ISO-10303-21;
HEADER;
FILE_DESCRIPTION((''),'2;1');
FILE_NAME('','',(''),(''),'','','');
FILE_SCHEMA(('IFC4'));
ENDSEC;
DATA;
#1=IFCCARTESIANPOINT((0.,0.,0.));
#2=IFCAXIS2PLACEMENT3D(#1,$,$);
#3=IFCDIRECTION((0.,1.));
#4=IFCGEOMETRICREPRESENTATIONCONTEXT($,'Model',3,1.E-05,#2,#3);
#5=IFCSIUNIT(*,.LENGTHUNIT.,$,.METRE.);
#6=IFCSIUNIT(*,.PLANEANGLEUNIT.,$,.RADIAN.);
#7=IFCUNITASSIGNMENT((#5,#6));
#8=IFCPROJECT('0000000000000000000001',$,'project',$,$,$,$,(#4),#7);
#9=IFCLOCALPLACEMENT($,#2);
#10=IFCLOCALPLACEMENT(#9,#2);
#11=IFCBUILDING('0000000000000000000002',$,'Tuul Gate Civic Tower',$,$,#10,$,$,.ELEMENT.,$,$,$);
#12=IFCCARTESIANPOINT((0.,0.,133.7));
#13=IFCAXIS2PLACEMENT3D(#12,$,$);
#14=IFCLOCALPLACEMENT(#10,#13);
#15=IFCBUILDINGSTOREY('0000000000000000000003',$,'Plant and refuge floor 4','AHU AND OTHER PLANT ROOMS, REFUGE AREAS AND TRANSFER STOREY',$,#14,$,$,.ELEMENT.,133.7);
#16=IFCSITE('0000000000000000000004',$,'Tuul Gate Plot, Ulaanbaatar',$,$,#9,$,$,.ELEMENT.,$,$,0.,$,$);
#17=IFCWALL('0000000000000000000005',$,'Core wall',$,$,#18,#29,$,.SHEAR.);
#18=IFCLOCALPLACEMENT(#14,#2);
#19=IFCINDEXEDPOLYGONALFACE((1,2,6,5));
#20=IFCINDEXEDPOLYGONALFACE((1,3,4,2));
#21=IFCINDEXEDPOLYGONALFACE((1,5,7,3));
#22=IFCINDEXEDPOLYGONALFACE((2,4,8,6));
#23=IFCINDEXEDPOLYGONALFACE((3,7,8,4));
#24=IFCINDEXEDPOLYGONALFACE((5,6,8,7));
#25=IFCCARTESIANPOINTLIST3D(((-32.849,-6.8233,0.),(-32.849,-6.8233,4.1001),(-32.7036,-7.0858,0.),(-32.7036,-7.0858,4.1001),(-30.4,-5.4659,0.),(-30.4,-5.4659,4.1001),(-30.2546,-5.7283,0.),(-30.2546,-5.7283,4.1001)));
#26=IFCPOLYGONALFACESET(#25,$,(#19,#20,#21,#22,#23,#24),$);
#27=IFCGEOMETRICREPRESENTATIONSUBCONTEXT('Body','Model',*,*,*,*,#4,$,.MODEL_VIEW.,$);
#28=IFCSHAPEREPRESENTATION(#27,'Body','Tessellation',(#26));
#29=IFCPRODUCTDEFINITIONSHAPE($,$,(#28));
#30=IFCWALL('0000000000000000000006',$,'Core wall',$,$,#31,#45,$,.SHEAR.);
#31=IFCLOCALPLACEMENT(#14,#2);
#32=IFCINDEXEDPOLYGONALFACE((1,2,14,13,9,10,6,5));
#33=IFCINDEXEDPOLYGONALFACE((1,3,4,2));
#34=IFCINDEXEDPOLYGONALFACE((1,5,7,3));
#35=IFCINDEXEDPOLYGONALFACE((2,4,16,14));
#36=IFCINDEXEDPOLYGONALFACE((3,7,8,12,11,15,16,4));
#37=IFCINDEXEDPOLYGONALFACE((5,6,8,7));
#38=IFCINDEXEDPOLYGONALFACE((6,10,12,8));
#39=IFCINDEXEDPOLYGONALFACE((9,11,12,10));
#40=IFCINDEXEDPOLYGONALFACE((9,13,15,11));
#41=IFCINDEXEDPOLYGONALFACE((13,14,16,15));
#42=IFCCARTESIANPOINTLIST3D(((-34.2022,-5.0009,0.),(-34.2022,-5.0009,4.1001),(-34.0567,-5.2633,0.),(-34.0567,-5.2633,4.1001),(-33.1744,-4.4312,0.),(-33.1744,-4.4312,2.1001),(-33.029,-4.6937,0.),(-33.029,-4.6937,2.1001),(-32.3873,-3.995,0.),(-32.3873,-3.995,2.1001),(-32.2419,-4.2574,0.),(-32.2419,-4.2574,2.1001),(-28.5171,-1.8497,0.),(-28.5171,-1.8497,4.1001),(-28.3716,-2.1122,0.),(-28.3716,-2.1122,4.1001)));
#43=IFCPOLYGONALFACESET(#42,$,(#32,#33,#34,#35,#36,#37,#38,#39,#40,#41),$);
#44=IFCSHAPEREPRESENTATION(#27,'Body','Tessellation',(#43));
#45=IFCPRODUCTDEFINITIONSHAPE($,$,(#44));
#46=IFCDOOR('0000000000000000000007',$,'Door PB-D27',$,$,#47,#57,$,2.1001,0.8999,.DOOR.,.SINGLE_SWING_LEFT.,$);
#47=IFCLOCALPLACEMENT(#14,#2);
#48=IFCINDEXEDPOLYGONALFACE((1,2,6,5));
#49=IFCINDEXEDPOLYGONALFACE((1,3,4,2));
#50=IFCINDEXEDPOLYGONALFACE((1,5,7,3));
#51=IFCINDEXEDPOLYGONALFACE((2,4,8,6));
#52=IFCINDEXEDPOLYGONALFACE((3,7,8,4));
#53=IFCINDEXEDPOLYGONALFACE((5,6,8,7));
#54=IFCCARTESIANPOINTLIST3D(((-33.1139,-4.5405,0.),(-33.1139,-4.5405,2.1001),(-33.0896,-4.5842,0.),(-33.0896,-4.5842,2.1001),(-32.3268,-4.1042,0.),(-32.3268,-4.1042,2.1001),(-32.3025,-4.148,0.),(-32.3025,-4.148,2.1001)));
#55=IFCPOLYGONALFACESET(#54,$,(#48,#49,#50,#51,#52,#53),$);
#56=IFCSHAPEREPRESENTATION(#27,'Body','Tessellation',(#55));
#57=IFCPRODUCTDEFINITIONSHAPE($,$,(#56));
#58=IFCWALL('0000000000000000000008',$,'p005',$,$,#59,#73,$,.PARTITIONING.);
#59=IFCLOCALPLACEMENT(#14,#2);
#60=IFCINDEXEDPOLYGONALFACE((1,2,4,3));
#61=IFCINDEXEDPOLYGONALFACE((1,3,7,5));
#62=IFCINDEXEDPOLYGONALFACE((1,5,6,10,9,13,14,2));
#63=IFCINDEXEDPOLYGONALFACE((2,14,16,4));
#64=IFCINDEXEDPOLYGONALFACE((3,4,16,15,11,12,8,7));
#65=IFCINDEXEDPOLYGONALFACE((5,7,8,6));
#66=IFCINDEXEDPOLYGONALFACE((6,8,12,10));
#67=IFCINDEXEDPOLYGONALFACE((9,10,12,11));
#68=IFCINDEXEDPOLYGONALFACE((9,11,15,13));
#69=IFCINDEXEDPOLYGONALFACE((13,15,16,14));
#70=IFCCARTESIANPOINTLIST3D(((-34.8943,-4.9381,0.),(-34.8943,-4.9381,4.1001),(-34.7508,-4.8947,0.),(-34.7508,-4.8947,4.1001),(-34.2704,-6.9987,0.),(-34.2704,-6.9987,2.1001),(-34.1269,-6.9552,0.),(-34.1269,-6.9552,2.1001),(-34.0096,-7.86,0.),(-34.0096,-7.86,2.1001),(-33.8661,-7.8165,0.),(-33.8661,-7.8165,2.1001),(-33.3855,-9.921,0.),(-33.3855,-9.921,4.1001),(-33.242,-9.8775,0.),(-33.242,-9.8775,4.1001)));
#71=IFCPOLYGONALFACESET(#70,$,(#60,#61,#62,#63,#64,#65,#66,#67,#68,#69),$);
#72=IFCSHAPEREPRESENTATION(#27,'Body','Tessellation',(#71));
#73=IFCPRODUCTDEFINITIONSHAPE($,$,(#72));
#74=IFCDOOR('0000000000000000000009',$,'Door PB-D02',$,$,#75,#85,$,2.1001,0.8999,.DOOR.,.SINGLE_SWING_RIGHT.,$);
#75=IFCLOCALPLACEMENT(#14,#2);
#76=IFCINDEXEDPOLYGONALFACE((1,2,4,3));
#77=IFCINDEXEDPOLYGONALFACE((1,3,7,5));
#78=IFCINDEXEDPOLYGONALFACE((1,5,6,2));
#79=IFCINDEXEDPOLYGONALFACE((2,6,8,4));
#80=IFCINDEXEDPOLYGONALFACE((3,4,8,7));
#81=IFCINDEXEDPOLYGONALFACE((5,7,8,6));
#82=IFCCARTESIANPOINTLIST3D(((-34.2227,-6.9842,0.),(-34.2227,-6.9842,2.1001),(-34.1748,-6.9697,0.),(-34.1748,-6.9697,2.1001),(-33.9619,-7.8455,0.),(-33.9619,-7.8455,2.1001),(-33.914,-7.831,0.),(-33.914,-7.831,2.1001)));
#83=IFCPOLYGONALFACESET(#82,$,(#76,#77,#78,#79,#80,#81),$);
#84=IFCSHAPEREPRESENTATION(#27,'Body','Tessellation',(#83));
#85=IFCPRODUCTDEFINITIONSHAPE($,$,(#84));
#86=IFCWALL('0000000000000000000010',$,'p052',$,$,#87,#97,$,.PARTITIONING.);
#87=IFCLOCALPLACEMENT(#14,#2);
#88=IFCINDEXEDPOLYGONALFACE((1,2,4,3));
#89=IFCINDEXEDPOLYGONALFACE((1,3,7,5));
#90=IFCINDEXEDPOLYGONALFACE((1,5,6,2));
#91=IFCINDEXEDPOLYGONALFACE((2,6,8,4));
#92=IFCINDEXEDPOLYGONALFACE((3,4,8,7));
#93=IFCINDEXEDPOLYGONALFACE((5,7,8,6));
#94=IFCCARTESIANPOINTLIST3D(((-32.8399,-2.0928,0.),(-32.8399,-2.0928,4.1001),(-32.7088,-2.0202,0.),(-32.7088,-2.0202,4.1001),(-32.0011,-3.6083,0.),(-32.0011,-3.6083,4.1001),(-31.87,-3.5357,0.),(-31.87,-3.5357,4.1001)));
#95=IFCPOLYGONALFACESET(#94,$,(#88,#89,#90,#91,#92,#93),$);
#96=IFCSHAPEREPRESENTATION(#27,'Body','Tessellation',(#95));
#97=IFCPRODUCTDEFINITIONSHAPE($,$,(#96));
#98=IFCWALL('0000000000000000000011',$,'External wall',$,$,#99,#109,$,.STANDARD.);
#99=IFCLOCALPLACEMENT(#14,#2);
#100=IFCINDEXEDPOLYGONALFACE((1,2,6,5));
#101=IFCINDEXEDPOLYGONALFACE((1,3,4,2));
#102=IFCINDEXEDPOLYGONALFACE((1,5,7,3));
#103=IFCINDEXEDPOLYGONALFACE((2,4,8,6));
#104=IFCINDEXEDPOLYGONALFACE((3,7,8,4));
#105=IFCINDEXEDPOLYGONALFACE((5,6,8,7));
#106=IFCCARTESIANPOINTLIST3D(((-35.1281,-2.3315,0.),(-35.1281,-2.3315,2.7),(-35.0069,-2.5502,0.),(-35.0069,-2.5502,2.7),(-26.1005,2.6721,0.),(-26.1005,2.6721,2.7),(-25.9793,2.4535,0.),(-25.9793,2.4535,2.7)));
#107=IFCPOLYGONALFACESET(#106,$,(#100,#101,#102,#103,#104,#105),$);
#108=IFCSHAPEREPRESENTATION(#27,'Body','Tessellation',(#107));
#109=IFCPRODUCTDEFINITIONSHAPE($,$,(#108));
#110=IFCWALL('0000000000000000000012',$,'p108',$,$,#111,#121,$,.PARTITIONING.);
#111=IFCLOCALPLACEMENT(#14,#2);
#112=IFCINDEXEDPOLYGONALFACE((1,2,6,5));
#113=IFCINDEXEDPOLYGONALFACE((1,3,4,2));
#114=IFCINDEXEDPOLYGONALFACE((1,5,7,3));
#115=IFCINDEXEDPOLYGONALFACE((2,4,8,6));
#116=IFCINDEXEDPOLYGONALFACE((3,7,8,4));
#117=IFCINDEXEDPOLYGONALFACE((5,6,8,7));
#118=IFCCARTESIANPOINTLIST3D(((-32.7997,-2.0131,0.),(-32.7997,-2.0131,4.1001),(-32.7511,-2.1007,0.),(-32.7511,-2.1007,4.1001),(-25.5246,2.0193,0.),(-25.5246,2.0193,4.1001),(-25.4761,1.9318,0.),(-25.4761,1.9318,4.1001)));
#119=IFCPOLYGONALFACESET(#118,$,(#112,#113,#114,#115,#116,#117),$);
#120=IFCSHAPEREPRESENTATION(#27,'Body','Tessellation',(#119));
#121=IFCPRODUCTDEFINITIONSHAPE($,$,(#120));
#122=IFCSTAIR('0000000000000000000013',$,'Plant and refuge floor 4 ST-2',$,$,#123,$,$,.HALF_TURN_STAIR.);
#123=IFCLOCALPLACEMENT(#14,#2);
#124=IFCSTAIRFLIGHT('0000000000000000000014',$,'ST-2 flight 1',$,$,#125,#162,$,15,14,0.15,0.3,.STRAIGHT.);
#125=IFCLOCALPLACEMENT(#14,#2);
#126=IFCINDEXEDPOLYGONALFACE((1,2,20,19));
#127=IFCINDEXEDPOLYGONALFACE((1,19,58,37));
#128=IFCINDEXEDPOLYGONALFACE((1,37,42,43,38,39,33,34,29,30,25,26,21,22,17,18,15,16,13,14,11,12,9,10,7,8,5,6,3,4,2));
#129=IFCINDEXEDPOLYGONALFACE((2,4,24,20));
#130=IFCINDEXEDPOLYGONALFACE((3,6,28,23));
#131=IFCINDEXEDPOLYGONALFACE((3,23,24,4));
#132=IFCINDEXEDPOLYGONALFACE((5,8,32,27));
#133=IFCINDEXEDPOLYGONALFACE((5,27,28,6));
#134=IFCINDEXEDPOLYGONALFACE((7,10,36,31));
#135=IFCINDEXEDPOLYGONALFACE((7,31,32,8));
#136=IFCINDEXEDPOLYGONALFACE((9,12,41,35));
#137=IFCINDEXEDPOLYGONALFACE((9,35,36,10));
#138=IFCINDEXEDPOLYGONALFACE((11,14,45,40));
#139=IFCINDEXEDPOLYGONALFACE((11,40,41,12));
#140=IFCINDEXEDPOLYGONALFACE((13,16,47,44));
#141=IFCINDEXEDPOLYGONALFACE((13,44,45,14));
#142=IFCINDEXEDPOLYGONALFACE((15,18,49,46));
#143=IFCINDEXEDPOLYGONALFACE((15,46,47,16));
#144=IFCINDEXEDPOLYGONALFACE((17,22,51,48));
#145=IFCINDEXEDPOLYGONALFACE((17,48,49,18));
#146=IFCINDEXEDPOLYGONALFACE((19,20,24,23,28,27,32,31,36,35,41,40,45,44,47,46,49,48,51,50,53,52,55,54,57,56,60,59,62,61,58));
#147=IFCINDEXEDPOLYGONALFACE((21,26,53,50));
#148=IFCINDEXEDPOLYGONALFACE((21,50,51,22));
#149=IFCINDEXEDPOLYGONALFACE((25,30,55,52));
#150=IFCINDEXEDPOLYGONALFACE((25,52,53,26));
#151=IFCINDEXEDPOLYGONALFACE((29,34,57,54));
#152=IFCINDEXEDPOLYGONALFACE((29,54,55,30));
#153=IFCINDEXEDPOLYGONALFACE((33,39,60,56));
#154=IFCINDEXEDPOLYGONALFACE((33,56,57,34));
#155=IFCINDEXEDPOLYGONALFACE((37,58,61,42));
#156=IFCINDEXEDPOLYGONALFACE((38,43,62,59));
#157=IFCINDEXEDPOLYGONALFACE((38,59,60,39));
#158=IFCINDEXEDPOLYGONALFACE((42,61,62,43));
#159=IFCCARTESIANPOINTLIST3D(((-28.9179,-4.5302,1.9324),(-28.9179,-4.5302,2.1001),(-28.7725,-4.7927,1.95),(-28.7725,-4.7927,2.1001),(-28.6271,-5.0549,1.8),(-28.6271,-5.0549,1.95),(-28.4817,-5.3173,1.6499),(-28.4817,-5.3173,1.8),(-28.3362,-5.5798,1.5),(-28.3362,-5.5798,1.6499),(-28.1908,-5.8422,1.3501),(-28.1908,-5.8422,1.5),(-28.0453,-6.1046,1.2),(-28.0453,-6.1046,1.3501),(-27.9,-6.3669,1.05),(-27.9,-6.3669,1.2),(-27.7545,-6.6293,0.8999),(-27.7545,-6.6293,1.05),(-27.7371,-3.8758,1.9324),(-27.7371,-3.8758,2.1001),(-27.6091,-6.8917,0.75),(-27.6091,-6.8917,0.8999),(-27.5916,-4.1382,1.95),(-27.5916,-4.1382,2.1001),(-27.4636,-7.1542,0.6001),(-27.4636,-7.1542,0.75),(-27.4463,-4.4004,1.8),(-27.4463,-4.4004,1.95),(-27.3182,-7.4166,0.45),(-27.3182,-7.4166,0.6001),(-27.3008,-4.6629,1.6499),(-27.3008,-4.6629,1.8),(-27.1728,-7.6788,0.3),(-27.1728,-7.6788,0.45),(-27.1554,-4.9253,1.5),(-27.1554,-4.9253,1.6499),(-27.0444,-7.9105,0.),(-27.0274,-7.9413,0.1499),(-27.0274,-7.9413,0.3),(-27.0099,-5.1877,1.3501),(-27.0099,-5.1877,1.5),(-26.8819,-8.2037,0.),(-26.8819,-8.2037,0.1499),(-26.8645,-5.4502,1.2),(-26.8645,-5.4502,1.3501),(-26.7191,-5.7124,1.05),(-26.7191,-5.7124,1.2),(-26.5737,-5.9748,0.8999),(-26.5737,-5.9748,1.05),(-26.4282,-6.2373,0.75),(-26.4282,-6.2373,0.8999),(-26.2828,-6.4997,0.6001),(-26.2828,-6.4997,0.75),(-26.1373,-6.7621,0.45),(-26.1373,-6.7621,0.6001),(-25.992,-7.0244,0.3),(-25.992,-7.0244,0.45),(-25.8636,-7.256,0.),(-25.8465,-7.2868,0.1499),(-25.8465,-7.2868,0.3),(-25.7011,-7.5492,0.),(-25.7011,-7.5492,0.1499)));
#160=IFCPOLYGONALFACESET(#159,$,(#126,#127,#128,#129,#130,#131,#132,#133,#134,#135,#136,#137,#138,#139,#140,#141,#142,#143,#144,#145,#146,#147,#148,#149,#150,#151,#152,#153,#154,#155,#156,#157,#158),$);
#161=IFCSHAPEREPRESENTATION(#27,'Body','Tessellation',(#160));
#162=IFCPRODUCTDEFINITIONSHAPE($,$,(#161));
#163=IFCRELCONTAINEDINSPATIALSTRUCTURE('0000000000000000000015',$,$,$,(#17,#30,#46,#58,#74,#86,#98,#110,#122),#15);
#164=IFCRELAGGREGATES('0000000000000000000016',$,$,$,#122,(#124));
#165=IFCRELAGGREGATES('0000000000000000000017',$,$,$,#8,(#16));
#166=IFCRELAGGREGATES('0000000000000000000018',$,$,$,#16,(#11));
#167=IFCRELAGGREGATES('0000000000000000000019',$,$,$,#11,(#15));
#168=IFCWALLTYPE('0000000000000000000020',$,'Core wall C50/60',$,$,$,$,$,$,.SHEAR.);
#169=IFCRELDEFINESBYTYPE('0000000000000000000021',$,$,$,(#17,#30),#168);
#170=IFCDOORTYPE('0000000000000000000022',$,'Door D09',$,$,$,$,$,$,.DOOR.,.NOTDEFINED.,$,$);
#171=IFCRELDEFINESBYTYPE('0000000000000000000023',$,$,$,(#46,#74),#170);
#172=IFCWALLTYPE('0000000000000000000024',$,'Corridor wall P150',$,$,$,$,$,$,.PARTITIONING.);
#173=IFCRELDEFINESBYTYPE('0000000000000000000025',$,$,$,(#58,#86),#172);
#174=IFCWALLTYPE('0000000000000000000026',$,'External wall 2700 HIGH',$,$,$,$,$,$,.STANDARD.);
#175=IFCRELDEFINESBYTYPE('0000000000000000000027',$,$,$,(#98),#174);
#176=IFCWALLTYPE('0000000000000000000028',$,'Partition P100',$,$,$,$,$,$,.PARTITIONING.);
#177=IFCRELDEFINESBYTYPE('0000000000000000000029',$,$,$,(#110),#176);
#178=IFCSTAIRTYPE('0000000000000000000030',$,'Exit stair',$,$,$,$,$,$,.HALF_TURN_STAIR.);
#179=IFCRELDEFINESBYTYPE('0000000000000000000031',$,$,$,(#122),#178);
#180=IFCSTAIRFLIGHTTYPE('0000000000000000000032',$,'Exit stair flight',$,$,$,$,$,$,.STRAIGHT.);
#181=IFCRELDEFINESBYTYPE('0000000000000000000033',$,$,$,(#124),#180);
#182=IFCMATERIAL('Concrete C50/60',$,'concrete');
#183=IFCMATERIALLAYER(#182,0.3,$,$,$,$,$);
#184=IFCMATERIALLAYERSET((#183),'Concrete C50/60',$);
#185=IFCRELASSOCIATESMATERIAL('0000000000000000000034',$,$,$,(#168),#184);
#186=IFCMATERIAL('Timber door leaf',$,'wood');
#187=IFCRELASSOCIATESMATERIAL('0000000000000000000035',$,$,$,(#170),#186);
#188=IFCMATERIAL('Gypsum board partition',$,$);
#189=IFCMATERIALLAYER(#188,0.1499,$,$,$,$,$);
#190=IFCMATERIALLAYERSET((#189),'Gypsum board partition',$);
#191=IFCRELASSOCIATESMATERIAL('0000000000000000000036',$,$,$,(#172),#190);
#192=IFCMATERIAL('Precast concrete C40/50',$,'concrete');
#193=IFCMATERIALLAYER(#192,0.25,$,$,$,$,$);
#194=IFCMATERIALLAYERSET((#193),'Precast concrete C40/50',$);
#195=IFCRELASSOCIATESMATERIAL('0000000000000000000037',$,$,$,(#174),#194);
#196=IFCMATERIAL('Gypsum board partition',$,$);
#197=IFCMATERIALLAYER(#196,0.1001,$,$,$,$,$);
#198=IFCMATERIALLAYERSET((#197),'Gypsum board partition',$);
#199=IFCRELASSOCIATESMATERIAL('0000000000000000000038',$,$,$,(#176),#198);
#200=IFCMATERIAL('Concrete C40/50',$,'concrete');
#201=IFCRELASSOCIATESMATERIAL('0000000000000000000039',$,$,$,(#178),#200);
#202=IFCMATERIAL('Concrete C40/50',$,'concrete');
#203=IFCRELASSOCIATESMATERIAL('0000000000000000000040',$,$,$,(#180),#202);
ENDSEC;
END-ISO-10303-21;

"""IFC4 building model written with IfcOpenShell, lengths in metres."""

from ifc_helpers import new_model, si_unit, direction, frame, frame_2d, origin, place, context, subcontext, project, spatial, polyline, rectangle, outline, extrude, material, layer, layer_set, type_object, element, fill, aggregate, save


model = new_model("IFC4")

# Units and contexts
model_context = context("Model", 3, precision=1e-05, world=origin(), true_north=direction((0.0, 1.0)))
body_context = subcontext(model_context, "Body", "Model", "MODEL_VIEW")
ifc_project = project(units=[si_unit("LENGTHUNIT", "METRE"), si_unit("PLANEANGLEUNIT", "RADIAN")], contexts=[model_context])

# Site, building, storey
site_placement = place(None, origin())
site = spatial("IfcSite", under=ifc_project, at=site_placement, Name="Tuul Gate Plot, Ulaanbaatar", CompositionType="ELEMENT", RefElevation=0.0)
building_placement = place(site_placement, origin())
building = spatial("IfcBuilding", under=site, at=building_placement, Name="Tuul Gate Civic Tower", CompositionType="ELEMENT")
storey_placement = place(building_placement, frame((0.0, 0.0, 133.7)))
storey = spatial("IfcBuildingStorey", under=building, at=storey_placement, Name="Plant and refuge floor 4", Description="AHU AND OTHER PLANT ROOMS, REFUGE AREAS AND TRANSFER STOREY", CompositionType="ELEMENT", Elevation=133.7)

# Shared definitions
ifc_material_1 = material(Name="Concrete C50/60", Category="concrete")
ifc_layer_1 = layer(ifc_material_1, 0.3)
ifc_layer_set_1 = layer_set([ifc_layer_1], Name="Concrete C50/60")
wall_type_1 = type_object("IfcWallType", Name="Core wall C50/60", PredefinedType="SHEAR", material=ifc_layer_set_1)

# Wall
wall_1_placement = place(storey_placement, frame((-30.3274, -5.5972, 0.0), z_axis=(0.0, 0.0, 1.0), x_axis=(-0.87463, -0.484791, 0.0)))
element("IfcWall", 1, at=wall_1_placement, inside=storey, type_object=wall_type_1, Name="Core wall", PredefinedType="SHEAR", context=body_context, shape_type="SweptSolid", body=[
    extrude(rectangle(XDim=2.8, YDim=0.3, at=frame_2d((1.3999, 0.0))), origin(), (0.0, 0.0, 1.0), 4.1001),
])

# Walls, openings, doors
wall_2_placement = place(storey_placement, frame((-28.4443, -1.981, 0.0), z_axis=(0.0, 0.0, 1.0), x_axis=(-0.87463, -0.484791, 0.0)))
wall_2 = element("IfcWall", 2, at=wall_2_placement, inside=storey, type_object=wall_type_1, Name="Core wall", PredefinedType="SHEAR", context=body_context, shape_type="SweptSolid", body=[
    extrude(rectangle(XDim=6.5, YDim=0.3, at=frame_2d((3.25, 0.0))), origin(), (0.0, 0.0, 1.0), 4.1001),
])
opening_1_placement = place(wall_2_placement, frame((4.425, 0.0, 0.0)))
opening_1 = element("IfcOpeningElement", 3, at=opening_1_placement, cuts=wall_2, PredefinedType="OPENING", context=body_context, shape_type="SweptSolid", body=[
    extrude(rectangle(XDim=0.8999, YDim=2.1001, at=frame_2d((0.45, 1.05))), frame((0.0, 0.1602, 0.0), z_axis=(0.0, -1.0, 0.0), x_axis=(1.0, 0.0, 0.0)), (0.0, 0.0, 1.0), 0.3201),
])
ifc_material_2 = material(Name="Timber door leaf", Category="wood")
door_type_1 = type_object("IfcDoorType", Name="Door D09", OperationType="NOTDEFINED", PredefinedType="DOOR", material=ifc_material_2)
door_1_placement = place(opening_1_placement, origin())
door_1 = element("IfcDoor", 4, at=door_1_placement, inside=storey, type_object=door_type_1, Name="Door PB-D27", OperationType="SINGLE_SWING_LEFT", OverallHeight=2.1001, OverallWidth=0.8999, PredefinedType="DOOR", context=body_context, shape_type="SweptSolid", body=[
    extrude(rectangle(XDim=0.8999, YDim=2.1001, at=frame_2d((0.45, 1.05))), frame((0.0, 0.0249, 0.0), z_axis=(0.0, -1.0, 0.0), x_axis=(1.0, 0.0, 0.0)), (0.0, 0.0, 1.0), 0.05),
])
fill(opening_1, door_1)
ifc_material_3 = material(Name="Gypsum board partition")
ifc_layer_2 = layer(ifc_material_3, 0.1499)
ifc_layer_set_2 = layer_set([ifc_layer_2], Name="Gypsum board partition")
wall_type_2 = type_object("IfcWallType", Name="Corridor wall P150", PredefinedType="PARTITIONING", material=ifc_layer_set_2)
wall_3_placement = place(storey_placement, frame((-34.8225, -4.9165, 0.0), z_axis=(0.0, 0.0, 1.0), x_axis=(0.289799, -0.957087, 0.0)))
wall_3 = element("IfcWall", 5, at=wall_3_placement, inside=storey, type_object=wall_type_2, Name="p005", PredefinedType="PARTITIONING", context=body_context, shape_type="SweptSolid", body=[
    extrude(rectangle(XDim=5.2063, YDim=0.1499, at=frame_2d((2.603, 0.0))), origin(), (0.0, 0.0, 1.0), 4.1001),
])
opening_2_placement = place(wall_3_placement, frame((2.1528, 0.0, 0.0)))
opening_2 = element("IfcOpeningElement", 6, at=opening_2_placement, cuts=wall_3, PredefinedType="OPENING", context=body_context, shape_type="SweptSolid", body=[
    extrude(rectangle(XDim=0.8999, YDim=2.1001, at=frame_2d((0.45, 1.05))), frame((0.0, 0.085, 0.0), z_axis=(0.0, -1.0, 0.0), x_axis=(1.0, 0.0, 0.0)), (0.0, 0.0, 1.0), 0.1699),
])
door_2_placement = place(opening_2_placement, origin())
door_2 = element("IfcDoor", 7, at=door_2_placement, inside=storey, type_object=door_type_1, Name="Door PB-D02", OperationType="SINGLE_SWING_RIGHT", OverallHeight=2.1001, OverallWidth=0.8999, PredefinedType="DOOR", context=body_context, shape_type="SweptSolid", body=[
    extrude(rectangle(XDim=0.8999, YDim=2.1001, at=frame_2d((0.45, 1.05))), frame((0.0, 0.0249, 0.0), z_axis=(0.0, -1.0, 0.0), x_axis=(1.0, 0.0, 0.0)), (0.0, 0.0, 1.0), 0.05),
])
fill(opening_2, door_2)

# Walls
wall_4_placement = place(storey_placement, frame((-32.7744, -2.0564, 0.0), z_axis=(0.0, 0.0, 1.0), x_axis=(0.484254, -0.874927, 0.0)))
element("IfcWall", 8, at=wall_4_placement, inside=storey, type_object=wall_type_2, Name="p052", PredefinedType="PARTITIONING", context=body_context, shape_type="SweptSolid", body=[
    extrude(rectangle(XDim=1.7322, YDim=0.1499, at=frame_2d((0.8662, 0.0))), origin(), (0.0, 0.0, 1.0), 4.1001),
])
ifc_material_4 = material(Name="Precast concrete C40/50", Category="concrete")
ifc_layer_3 = layer(ifc_material_4, 0.25)
ifc_layer_set_3 = layer_set([ifc_layer_3], Name="Precast concrete C40/50")
wall_type_3 = type_object("IfcWallType", Name="External wall 2700 HIGH", PredefinedType="STANDARD", material=ifc_layer_set_3)
wall_5_placement = place(storey_placement, frame((-26.04, 2.5627, 0.0), z_axis=(0.0, 0.0, 1.0), x_axis=(-0.874637, -0.484779, 0.0)))
element("IfcWall", 9, at=wall_5_placement, inside=storey, type_object=wall_type_3, Name="External wall", PredefinedType="STANDARD", context=body_context, shape_type="SweptSolid", body=[
    extrude(rectangle(XDim=10.3215, YDim=0.25, at=frame_2d((5.1606, 0.0))), origin(), (0.0, 0.0, 1.0), 2.7),
])
ifc_material_5 = material(Name="Gypsum board partition")
ifc_layer_4 = layer(ifc_material_5, 0.1001)
ifc_layer_set_4 = layer_set([ifc_layer_4], Name="Gypsum board partition")
wall_type_4 = type_object("IfcWallType", Name="Partition P100", PredefinedType="PARTITIONING", material=ifc_layer_set_4)
wall_6_placement = place(storey_placement, frame((-32.7754, -2.0569, 0.0), z_axis=(0.0, 0.0, 1.0), x_axis=(0.87463, 0.48479, 0.0)))
element("IfcWall", 10, at=wall_6_placement, inside=storey, type_object=wall_type_4, Name="p108", PredefinedType="PARTITIONING", context=body_context, shape_type="SweptSolid", body=[
    extrude(rectangle(XDim=8.3179, YDim=0.1001, at=frame_2d((4.1589, 0.0))), origin(), (0.0, 0.0, 1.0), 4.1001),
])

# Stair, stair flight
ifc_material_6 = material(Name="Concrete C40/50", Category="concrete")
stair_type = type_object("IfcStairType", Name="Exit stair", PredefinedType="HALF_TURN_STAIR", material=ifc_material_6)
stair_placement = place(storey_placement, origin())
stair = element("IfcStair", 11, at=stair_placement, inside=storey, type_object=stair_type, Name="Plant and refuge floor 4 ST-2", PredefinedType="HALF_TURN_STAIR")
ifc_material_7 = material(Name="Concrete C40/50", Category="concrete")
stair_flight_type = type_object("IfcStairFlightType", Name="Exit stair flight", PredefinedType="STRAIGHT", material=ifc_material_7)
stair_flight_1_placement = place(storey_placement, frame((-26.2915, -7.8765, 0.0), z_axis=(0.0, 0.0, 1.0), x_axis=(-0.484762, 0.874646, 0.0)))
stair_flight_1 = element("IfcStairFlight", 12, at=stair_flight_1_placement, type_object=stair_flight_type, Name="ST-2 flight 1", NumberOfRisers=15, NumberOfTreads=14, PredefinedType="STRAIGHT", RiserHeight=0.15, TreadLength=0.3, context=body_context, shape_type="SweptSolid", body=[
    extrude(outline(polyline([(0.0, 0.0), (0.0, 0.1499), (0.3, 0.1499), (0.3, 0.3), (0.6001, 0.3), (0.6001, 0.45), (0.8999, 0.45), (0.8999, 0.6001), (1.2, 0.6001), (1.2, 0.75), (1.5, 0.75), (1.5, 0.8999), (1.8, 0.8999), (1.8, 1.05), (2.1001, 1.05), (2.1001, 1.2), (2.3999, 1.2), (2.3999, 1.3501), (2.7, 1.3501), (2.7, 1.5), (3.0, 1.5), (3.0, 1.6499), (3.3, 1.6499), (3.3, 1.8), (3.6001, 1.8), (3.6001, 1.95), (3.8999, 1.95), (3.8999, 2.1001), (4.2, 2.1001), (4.2, 2.25), (4.2, 1.9324), (0.3352, 0.0), (0.0, 0.0)])), frame((0.0, 0.675, 0.0), z_axis=(0.0, -1.0, 0.0), x_axis=(1.0, 0.0, 0.0)), (0.0, 0.0, 1.0), 1.3501),
])
aggregate(stair, [stair_flight_1])

save(model, "model.ifc")
